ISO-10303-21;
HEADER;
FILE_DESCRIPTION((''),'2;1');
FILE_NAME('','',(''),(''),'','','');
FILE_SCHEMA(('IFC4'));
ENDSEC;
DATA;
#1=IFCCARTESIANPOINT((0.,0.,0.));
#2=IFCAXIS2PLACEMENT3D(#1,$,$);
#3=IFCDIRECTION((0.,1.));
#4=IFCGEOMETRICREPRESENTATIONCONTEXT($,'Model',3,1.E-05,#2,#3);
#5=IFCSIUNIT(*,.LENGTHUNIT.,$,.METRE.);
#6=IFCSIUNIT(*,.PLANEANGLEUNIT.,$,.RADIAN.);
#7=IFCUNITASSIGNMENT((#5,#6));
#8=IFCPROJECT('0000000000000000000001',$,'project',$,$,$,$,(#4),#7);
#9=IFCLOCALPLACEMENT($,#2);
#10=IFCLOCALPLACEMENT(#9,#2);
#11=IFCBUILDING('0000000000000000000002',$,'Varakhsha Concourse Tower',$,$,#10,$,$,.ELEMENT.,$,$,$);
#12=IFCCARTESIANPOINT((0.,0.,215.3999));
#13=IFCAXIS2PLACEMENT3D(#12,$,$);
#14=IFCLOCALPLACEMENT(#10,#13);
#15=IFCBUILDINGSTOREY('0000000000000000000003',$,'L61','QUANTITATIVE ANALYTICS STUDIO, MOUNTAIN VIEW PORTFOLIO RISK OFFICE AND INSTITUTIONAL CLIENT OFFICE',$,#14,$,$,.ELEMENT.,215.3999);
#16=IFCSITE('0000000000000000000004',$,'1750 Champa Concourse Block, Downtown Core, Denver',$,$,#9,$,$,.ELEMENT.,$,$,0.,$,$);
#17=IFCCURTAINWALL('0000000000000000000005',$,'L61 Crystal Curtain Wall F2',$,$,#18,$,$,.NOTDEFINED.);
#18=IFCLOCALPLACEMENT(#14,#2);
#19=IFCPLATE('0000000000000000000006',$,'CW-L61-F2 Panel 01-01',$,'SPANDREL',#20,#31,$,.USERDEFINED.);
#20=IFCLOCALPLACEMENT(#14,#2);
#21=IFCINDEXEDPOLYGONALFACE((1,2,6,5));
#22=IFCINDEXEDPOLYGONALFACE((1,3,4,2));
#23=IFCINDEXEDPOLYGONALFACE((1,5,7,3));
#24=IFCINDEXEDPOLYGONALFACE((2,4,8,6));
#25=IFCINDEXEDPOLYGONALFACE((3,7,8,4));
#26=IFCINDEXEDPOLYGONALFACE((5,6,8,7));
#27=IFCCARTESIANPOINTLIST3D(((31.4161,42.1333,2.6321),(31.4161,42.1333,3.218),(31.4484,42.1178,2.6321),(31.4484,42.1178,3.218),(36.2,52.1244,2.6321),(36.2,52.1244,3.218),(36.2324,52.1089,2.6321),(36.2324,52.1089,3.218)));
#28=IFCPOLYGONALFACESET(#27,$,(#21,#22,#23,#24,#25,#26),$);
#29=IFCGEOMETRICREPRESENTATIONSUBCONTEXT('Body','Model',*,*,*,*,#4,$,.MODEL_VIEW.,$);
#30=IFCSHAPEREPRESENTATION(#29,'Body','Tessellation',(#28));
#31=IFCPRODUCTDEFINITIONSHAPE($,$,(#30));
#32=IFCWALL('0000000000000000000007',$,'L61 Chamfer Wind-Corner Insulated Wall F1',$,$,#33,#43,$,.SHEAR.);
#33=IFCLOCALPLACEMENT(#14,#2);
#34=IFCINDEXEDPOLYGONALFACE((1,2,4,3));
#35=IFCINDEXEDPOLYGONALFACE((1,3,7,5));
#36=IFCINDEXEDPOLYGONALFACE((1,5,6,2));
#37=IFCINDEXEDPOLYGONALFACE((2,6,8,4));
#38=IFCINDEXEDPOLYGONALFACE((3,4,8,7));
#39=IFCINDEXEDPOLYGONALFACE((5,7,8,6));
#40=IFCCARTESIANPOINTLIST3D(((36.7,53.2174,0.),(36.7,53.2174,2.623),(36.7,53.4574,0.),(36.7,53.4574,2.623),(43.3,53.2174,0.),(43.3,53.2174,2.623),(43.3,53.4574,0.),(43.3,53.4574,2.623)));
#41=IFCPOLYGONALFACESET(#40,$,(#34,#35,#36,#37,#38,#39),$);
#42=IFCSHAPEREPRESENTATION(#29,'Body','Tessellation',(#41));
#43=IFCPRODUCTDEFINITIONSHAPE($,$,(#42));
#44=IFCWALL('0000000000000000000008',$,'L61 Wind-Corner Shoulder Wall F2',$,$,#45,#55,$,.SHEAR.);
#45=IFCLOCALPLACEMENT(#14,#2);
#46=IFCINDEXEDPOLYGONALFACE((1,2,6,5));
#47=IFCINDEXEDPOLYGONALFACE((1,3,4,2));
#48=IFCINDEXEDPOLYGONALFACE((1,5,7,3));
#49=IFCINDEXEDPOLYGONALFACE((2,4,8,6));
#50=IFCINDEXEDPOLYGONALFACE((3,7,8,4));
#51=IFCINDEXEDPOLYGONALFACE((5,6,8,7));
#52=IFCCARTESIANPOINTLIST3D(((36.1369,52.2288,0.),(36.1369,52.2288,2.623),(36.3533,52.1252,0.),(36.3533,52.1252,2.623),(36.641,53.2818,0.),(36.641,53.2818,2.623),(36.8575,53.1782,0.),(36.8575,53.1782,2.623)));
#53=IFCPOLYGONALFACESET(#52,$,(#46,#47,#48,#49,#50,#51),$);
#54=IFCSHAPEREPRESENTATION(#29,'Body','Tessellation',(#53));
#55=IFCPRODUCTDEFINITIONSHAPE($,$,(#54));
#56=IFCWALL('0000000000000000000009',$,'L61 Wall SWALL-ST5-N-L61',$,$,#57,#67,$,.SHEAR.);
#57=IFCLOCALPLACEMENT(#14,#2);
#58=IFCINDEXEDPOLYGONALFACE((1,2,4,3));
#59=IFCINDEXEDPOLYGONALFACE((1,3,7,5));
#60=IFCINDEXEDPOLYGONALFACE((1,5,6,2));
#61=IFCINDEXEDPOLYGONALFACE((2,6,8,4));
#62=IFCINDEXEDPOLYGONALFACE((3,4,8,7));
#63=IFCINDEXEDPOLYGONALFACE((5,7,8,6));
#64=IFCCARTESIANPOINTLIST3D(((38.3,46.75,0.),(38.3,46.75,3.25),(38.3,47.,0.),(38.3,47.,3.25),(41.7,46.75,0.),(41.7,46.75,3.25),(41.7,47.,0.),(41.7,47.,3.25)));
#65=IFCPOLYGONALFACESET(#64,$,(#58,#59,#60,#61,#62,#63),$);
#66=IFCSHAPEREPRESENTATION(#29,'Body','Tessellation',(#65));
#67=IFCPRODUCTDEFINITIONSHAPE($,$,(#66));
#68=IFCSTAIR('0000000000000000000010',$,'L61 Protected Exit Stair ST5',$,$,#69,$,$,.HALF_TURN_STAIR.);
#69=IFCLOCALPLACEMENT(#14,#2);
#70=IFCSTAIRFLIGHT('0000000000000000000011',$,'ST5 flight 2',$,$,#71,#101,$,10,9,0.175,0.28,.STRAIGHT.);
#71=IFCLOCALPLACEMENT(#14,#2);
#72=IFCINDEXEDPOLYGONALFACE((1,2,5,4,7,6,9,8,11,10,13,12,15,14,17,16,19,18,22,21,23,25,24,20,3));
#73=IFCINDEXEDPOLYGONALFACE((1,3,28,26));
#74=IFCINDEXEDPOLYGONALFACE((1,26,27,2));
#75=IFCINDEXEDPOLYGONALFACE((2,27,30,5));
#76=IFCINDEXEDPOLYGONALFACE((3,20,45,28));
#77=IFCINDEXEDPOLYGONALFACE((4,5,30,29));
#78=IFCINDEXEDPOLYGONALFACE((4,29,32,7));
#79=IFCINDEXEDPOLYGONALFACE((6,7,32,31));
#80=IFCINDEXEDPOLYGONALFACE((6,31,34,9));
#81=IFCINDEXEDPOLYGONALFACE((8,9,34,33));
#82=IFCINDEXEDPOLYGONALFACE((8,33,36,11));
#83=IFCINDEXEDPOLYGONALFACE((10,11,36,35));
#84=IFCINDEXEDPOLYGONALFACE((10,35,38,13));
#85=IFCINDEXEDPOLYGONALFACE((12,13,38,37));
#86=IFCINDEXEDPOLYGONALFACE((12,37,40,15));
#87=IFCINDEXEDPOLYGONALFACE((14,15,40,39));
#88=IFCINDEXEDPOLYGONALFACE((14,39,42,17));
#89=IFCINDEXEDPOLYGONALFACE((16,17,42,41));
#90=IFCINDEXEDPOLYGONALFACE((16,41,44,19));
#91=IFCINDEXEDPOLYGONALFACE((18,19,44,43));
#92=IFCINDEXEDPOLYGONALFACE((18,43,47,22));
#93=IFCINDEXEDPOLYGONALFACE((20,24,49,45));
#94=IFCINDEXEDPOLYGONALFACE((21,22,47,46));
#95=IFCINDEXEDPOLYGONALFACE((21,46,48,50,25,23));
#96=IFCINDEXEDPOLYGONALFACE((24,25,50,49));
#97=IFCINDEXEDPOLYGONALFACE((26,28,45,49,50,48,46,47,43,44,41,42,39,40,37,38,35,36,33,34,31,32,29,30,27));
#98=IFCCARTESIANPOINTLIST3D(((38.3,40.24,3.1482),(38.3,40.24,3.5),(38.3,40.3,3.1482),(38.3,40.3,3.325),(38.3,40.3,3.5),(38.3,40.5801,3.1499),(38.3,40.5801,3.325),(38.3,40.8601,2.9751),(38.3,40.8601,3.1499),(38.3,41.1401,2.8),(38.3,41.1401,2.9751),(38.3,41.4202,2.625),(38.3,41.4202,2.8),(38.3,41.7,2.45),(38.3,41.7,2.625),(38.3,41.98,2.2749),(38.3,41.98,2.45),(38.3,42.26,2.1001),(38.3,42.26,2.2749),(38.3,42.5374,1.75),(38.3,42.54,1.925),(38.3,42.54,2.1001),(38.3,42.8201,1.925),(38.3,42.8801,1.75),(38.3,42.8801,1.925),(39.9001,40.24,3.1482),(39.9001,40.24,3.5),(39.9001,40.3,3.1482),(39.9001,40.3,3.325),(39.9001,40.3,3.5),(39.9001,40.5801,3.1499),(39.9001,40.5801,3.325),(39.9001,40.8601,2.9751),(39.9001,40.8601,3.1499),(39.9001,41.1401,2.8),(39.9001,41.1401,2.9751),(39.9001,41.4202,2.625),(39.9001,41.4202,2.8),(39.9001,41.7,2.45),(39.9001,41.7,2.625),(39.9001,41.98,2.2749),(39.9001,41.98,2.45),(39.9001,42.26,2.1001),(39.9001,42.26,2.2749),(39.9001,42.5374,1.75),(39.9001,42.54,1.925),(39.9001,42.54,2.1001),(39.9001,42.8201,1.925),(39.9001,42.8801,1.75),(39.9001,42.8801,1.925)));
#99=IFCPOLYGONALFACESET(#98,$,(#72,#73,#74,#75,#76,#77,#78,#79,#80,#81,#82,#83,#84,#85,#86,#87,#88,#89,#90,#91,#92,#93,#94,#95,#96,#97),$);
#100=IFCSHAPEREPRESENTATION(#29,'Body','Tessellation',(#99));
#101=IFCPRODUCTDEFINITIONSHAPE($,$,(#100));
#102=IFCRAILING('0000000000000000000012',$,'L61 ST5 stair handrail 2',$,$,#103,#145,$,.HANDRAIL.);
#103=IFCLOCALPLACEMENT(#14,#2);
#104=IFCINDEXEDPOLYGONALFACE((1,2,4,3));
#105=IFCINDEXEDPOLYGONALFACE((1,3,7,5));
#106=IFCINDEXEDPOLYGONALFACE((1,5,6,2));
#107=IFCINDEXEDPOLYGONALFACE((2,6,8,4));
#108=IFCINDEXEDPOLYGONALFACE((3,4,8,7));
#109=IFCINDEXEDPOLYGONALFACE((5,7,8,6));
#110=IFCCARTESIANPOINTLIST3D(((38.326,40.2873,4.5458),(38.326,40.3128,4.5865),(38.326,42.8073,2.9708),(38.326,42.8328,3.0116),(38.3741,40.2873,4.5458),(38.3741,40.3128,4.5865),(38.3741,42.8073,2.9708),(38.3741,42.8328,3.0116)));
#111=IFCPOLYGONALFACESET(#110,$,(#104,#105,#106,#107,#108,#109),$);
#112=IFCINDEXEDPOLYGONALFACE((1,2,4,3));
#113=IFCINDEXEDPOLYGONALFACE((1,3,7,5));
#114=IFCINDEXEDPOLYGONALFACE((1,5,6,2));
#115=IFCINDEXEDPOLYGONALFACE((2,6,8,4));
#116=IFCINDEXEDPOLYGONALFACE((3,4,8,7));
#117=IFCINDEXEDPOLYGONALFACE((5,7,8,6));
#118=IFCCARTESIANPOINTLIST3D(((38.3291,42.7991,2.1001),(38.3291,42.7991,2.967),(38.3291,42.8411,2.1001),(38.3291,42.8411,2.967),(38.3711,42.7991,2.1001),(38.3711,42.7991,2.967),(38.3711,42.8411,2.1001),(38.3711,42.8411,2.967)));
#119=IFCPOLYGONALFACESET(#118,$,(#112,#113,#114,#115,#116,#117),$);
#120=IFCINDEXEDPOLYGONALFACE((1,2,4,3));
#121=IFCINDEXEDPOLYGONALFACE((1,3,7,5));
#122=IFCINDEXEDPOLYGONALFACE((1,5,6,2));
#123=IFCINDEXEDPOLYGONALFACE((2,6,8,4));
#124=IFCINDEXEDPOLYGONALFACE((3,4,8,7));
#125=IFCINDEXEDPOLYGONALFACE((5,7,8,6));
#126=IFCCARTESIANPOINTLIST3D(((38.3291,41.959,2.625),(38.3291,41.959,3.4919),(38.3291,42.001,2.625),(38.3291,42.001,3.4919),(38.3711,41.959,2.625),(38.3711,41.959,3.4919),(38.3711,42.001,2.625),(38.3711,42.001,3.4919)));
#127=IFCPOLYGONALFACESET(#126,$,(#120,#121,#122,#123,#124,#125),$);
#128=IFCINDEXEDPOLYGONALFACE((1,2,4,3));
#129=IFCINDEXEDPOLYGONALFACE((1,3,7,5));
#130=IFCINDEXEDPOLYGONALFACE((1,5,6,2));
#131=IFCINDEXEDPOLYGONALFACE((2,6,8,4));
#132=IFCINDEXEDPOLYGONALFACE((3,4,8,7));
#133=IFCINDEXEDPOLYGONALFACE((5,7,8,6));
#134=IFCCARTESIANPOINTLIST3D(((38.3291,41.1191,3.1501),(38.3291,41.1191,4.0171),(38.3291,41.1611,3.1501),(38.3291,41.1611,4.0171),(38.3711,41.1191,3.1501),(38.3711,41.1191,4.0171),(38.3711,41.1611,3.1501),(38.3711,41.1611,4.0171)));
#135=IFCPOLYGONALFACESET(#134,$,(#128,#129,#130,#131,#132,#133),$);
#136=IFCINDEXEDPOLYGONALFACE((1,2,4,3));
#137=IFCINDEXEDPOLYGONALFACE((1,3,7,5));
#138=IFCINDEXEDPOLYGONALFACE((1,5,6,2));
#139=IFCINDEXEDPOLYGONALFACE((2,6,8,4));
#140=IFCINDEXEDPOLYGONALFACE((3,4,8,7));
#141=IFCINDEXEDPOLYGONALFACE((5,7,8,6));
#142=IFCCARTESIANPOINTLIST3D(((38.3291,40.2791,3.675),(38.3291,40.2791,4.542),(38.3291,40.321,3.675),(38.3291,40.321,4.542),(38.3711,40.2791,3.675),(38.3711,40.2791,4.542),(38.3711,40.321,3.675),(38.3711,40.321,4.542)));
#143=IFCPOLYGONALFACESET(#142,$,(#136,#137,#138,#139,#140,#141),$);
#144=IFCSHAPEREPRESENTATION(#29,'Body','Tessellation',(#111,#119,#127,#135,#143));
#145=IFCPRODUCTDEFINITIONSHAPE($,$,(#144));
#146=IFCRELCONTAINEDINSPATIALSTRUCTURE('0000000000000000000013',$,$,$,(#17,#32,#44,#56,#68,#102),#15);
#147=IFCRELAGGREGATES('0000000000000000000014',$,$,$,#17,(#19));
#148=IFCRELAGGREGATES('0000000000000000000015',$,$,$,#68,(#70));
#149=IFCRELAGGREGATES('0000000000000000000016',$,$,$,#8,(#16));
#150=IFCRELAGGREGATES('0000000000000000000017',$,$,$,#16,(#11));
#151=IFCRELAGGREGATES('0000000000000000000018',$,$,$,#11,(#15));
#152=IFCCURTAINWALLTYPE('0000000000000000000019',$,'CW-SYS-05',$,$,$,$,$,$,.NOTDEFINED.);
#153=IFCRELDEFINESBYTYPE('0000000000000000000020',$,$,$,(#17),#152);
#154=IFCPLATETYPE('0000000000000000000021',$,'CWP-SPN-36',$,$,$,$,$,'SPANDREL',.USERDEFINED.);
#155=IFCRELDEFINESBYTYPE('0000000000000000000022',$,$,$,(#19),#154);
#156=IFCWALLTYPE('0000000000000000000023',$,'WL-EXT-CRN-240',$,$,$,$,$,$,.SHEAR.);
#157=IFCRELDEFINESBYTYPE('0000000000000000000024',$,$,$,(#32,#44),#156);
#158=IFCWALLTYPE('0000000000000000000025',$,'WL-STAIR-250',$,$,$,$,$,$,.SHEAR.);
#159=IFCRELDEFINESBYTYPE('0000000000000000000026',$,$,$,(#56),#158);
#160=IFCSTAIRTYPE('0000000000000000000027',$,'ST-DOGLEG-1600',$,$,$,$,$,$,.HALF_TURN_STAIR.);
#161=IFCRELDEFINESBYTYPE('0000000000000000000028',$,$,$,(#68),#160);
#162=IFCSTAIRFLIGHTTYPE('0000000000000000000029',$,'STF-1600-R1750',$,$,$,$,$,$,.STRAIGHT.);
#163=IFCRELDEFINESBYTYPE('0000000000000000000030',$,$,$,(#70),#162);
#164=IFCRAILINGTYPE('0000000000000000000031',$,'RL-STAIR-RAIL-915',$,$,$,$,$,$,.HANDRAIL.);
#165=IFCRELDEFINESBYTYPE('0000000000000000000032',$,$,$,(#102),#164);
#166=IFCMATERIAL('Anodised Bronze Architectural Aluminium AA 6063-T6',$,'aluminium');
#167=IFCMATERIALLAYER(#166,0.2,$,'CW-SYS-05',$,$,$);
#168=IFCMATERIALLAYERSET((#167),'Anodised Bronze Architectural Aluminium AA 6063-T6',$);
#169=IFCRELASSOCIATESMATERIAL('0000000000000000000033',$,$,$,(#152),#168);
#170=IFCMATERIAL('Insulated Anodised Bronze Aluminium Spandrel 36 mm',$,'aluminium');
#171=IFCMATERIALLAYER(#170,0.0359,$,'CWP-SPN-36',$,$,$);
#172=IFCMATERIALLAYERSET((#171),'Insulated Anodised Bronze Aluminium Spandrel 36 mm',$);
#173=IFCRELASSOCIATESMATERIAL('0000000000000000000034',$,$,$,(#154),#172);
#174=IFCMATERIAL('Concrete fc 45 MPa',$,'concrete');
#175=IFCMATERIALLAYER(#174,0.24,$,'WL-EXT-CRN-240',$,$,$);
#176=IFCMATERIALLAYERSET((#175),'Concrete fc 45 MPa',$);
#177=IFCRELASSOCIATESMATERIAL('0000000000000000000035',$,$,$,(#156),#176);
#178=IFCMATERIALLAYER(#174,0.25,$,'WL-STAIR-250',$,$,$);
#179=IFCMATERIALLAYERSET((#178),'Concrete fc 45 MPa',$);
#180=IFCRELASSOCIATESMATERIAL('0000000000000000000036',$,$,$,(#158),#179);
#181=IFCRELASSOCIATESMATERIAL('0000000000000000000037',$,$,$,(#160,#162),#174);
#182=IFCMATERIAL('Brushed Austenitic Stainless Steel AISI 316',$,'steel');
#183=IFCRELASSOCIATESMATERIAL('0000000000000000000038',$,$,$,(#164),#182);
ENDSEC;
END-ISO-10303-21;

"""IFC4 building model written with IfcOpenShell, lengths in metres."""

from ifc_helpers import new_model, si_unit, direction, frame, frame_2d, origin, origin_2d, place, context, subcontext, project, spatial, polyline, rectangle, outline, extrude, source, transform, mapped, material, layer, layer_set, type_object, type_shapes, element, aggregate, save


model = new_model("IFC4")

# Units and contexts
model_context = context("Model", 3, precision=1e-05, world=origin(), true_north=direction((0.0, 1.0)))
body_context = subcontext(model_context, "Body", "Model", "MODEL_VIEW")
ifc_project = project(units=[si_unit("LENGTHUNIT", "METRE"), si_unit("PLANEANGLEUNIT", "RADIAN")], contexts=[model_context])

# Site, building, storey
site_placement = place(None, origin())
site = spatial("IfcSite", under=ifc_project, at=site_placement, Name="1750 Champa Concourse Block, Downtown Core, Denver", CompositionType="ELEMENT", RefElevation=0.0)
building_placement = place(site_placement, origin())
building = spatial("IfcBuilding", under=site, at=building_placement, Name="Varakhsha Concourse Tower", CompositionType="ELEMENT")
storey_placement = place(building_placement, frame((0.0, 0.0, 215.3999)))
storey = spatial("IfcBuildingStorey", under=building, at=storey_placement, Name="L61", Description="QUANTITATIVE ANALYTICS STUDIO, MOUNTAIN VIEW PORTFOLIO RISK OFFICE AND INSTITUTIONAL CLIENT OFFICE", CompositionType="ELEMENT", Elevation=215.3999)

# Curtain wall
ifc_material_1 = material(Name="Anodised Bronze Architectural Aluminium AA 6063-T6", Category="aluminium")
ifc_layer_1 = layer(ifc_material_1, 0.2, Name="CW-SYS-05")
ifc_layer_set_1 = layer_set([ifc_layer_1], Name="Anodised Bronze Architectural Aluminium AA 6063-T6")
curtain_wall_type = type_object("IfcCurtainWallType", Name="CW-SYS-05", PredefinedType="NOTDEFINED", material=ifc_layer_set_1)
curtain_wall_placement = place(storey_placement, origin())
curtain_wall = element("IfcCurtainWall", 1, at=curtain_wall_placement, inside=storey, type_object=curtain_wall_type, Name="L61 Crystal Curtain Wall F2", PredefinedType="NOTDEFINED")

# Plate
ifc_material_2 = material(Name="Insulated Anodised Bronze Aluminium Spandrel 36 mm", Category="aluminium")
ifc_layer_2 = layer(ifc_material_2, 0.0359, Name="CWP-SPN-36")
ifc_layer_set_2 = layer_set([ifc_layer_2], Name="Insulated Anodised Bronze Aluminium Spandrel 36 mm")
plate_type_1 = type_object("IfcPlateType", Name="CWP-SPN-36", ElementType="SPANDREL", PredefinedType="USERDEFINED", material=ifc_layer_set_2)
shared_shape_1 = source(origin(), body_context, "Body", "SweptSolid", [
    extrude(rectangle(XDim=11.0774, YDim=0.0359, at=origin_2d()), origin(), (0.0, 0.0, 1.0), 0.5859),
])
type_shapes(plate_type_1, [shared_shape_1])
plate_1_placement = place(storey_placement, frame((33.8242, 47.1211, 2.6321), z_axis=(0.0, 0.0, 1.0), x_axis=(0.431862, 0.90194, 0.0)))
plate_1 = element("IfcPlate", 2, at=plate_1_placement, type_object=plate_type_1, Name="CW-L61-F2 Panel 01-01", ObjectType="SPANDREL", PredefinedType="USERDEFINED", context=body_context, shape_type="MappedRepresentation", body=[
    mapped(shared_shape_1, transform((0.0, 0.0, 0.0), scale=1.0)),
])
aggregate(curtain_wall, [plate_1])

# Walls
ifc_material_3 = material(Name="Concrete fc 45 MPa", Category="concrete")
ifc_layer_3 = layer(ifc_material_3, 0.24, Name="WL-EXT-CRN-240")
ifc_layer_set_3 = layer_set([ifc_layer_3], Name="Concrete fc 45 MPa")
wall_type_1 = type_object("IfcWallType", Name="WL-EXT-CRN-240", PredefinedType="SHEAR", material=ifc_layer_set_3)
wall_1_placement = place(storey_placement, frame((36.7, 53.3374, 0.0), z_axis=(0.0, 0.0, 1.0), x_axis=(1.0, 0.0, 0.0)))
element("IfcWall", 3, at=wall_1_placement, inside=storey, type_object=wall_type_1, Name="L61 Chamfer Wind-Corner Insulated Wall F1", PredefinedType="SHEAR", context=body_context, shape_type="SweptSolid", body=[
    extrude(rectangle(XDim=6.6001, YDim=0.24, at=frame_2d((3.3, 0.0))), origin(), (0.0, 0.0, 1.0), 2.623),
])
wall_2_placement = place(storey_placement, frame((36.7493, 53.23, 0.0), z_axis=(0.0, 0.0, 1.0), x_axis=(-0.43184, -0.90195, 0.0)))
element("IfcWall", 4, at=wall_2_placement, inside=storey, type_object=wall_type_1, Name="L61 Wind-Corner Shoulder Wall F2", PredefinedType="SHEAR", context=body_context, shape_type="SweptSolid", body=[
    extrude(rectangle(XDim=1.1675, YDim=0.24, at=frame_2d((0.5837, 0.0))), origin(), (0.0, 0.0, 1.0), 2.623),
])
ifc_layer_4 = layer(ifc_material_3, 0.25, Name="WL-STAIR-250")
ifc_layer_set_4 = layer_set([ifc_layer_4], Name="Concrete fc 45 MPa")
wall_type_2 = type_object("IfcWallType", Name="WL-STAIR-250", PredefinedType="SHEAR", material=ifc_layer_set_4)
wall_3_placement = place(storey_placement, frame((38.3, 46.875, 0.0), z_axis=(0.0, 0.0, 1.0), x_axis=(1.0, 0.0, 0.0)))
element("IfcWall", 5, at=wall_3_placement, inside=storey, type_object=wall_type_2, Name="L61 Wall SWALL-ST5-N-L61", PredefinedType="SHEAR", context=body_context, shape_type="SweptSolid", body=[
    extrude(rectangle(XDim=3.3999, YDim=0.25, at=frame_2d((1.7, 0.0))), origin(), (0.0, 0.0, 1.0), 3.25),
])

# Stair, stair flight
stair_type = type_object("IfcStairType", Name="ST-DOGLEG-1600", PredefinedType="HALF_TURN_STAIR", material=ifc_material_3)
stair_placement = place(storey_placement, origin())
stair = element("IfcStair", 6, at=stair_placement, inside=storey, type_object=stair_type, Name="L61 Protected Exit Stair ST5", PredefinedType="HALF_TURN_STAIR")
stair_flight_type = type_object("IfcStairFlightType", Name="STF-1600-R1750", PredefinedType="STRAIGHT", material=ifc_material_3)
stair_flight_placement = place(storey_placement, frame((39.1001, 42.8201, 1.75), z_axis=(0.0, 0.0, 1.0), x_axis=(0.0, -1.0, 0.0)))
stair_flight = element("IfcStairFlight", 7, at=stair_flight_placement, type_object=stair_flight_type, Name="ST5 flight 2", NumberOfRisers=10, NumberOfTreads=9, PredefinedType="STRAIGHT", RiserHeight=0.175, TreadLength=0.28, context=body_context, shape_type="SweptSolid", body=[
    extrude(outline(polyline([(-0.0601, 0.0), (-0.0601, 0.175), (0.0, 0.175), (0.28, 0.175), (0.28, 0.3501), (0.5601, 0.3501), (0.5601, 0.5249), (0.8401, 0.5249), (0.8401, 0.7), (1.1201, 0.7), (1.1201, 0.875), (1.3999, 0.875), (1.3999, 1.05), (1.6799, 1.05), (1.6799, 1.2251), (1.96, 1.2251), (1.96, 1.3999), (2.24, 1.3999), (2.24, 1.575), (2.52, 1.575), (2.52, 1.75), (2.5801, 1.75), (2.5801, 1.3982), (2.52, 1.3982), (0.2827, 0.0), (-0.0601, 0.0)])), frame((0.0, 0.8, 0.0), z_axis=(0.0, -1.0, 0.0), x_axis=(1.0, 0.0, 0.0)), (0.0, 0.0, 1.0), 1.6001),
])
aggregate(stair, [stair_flight])

# Railing
ifc_material_4 = material(Name="Brushed Austenitic Stainless Steel AISI 316", Category="steel")
railing_type = type_object("IfcRailingType", Name="RL-STAIR-RAIL-915", PredefinedType="HANDRAIL", material=ifc_material_4)
railing_placement = place(storey_placement, frame((38.3501, 42.8201, 2.1001)))
element("IfcRailing", 8, at=railing_placement, inside=storey, type_object=railing_type, Name="L61 ST5 stair handrail 2", PredefinedType="HANDRAIL", context=body_context, shape_type="SweptSolid", body=[
    extrude(rectangle(XDim=0.0481, YDim=0.0481, at=origin_2d()), frame((0.0, 0.0, 0.8911), z_axis=(0.0, -0.848008, 0.529984), x_axis=(1.0, 0.0, 0.0)), (0.0, 0.0, 1.0), 2.9717),
    extrude(rectangle(XDim=0.042, YDim=0.042, at=origin_2d()), origin(), (0.0, 0.0, 1.0), 0.8669),
    extrude(rectangle(XDim=0.042, YDim=0.042, at=origin_2d()), frame((0.0, -0.8401, 0.5249)), (0.0, 0.0, 1.0), 0.8669),
    extrude(rectangle(XDim=0.042, YDim=0.042, at=origin_2d()), frame((0.0, -1.6799, 1.05)), (0.0, 0.0, 1.0), 0.8669),
    extrude(rectangle(XDim=0.042, YDim=0.042, at=origin_2d()), frame((0.0, -2.52, 1.575)), (0.0, 0.0, 1.0), 0.8669),
])

save(model, "model.ifc")
